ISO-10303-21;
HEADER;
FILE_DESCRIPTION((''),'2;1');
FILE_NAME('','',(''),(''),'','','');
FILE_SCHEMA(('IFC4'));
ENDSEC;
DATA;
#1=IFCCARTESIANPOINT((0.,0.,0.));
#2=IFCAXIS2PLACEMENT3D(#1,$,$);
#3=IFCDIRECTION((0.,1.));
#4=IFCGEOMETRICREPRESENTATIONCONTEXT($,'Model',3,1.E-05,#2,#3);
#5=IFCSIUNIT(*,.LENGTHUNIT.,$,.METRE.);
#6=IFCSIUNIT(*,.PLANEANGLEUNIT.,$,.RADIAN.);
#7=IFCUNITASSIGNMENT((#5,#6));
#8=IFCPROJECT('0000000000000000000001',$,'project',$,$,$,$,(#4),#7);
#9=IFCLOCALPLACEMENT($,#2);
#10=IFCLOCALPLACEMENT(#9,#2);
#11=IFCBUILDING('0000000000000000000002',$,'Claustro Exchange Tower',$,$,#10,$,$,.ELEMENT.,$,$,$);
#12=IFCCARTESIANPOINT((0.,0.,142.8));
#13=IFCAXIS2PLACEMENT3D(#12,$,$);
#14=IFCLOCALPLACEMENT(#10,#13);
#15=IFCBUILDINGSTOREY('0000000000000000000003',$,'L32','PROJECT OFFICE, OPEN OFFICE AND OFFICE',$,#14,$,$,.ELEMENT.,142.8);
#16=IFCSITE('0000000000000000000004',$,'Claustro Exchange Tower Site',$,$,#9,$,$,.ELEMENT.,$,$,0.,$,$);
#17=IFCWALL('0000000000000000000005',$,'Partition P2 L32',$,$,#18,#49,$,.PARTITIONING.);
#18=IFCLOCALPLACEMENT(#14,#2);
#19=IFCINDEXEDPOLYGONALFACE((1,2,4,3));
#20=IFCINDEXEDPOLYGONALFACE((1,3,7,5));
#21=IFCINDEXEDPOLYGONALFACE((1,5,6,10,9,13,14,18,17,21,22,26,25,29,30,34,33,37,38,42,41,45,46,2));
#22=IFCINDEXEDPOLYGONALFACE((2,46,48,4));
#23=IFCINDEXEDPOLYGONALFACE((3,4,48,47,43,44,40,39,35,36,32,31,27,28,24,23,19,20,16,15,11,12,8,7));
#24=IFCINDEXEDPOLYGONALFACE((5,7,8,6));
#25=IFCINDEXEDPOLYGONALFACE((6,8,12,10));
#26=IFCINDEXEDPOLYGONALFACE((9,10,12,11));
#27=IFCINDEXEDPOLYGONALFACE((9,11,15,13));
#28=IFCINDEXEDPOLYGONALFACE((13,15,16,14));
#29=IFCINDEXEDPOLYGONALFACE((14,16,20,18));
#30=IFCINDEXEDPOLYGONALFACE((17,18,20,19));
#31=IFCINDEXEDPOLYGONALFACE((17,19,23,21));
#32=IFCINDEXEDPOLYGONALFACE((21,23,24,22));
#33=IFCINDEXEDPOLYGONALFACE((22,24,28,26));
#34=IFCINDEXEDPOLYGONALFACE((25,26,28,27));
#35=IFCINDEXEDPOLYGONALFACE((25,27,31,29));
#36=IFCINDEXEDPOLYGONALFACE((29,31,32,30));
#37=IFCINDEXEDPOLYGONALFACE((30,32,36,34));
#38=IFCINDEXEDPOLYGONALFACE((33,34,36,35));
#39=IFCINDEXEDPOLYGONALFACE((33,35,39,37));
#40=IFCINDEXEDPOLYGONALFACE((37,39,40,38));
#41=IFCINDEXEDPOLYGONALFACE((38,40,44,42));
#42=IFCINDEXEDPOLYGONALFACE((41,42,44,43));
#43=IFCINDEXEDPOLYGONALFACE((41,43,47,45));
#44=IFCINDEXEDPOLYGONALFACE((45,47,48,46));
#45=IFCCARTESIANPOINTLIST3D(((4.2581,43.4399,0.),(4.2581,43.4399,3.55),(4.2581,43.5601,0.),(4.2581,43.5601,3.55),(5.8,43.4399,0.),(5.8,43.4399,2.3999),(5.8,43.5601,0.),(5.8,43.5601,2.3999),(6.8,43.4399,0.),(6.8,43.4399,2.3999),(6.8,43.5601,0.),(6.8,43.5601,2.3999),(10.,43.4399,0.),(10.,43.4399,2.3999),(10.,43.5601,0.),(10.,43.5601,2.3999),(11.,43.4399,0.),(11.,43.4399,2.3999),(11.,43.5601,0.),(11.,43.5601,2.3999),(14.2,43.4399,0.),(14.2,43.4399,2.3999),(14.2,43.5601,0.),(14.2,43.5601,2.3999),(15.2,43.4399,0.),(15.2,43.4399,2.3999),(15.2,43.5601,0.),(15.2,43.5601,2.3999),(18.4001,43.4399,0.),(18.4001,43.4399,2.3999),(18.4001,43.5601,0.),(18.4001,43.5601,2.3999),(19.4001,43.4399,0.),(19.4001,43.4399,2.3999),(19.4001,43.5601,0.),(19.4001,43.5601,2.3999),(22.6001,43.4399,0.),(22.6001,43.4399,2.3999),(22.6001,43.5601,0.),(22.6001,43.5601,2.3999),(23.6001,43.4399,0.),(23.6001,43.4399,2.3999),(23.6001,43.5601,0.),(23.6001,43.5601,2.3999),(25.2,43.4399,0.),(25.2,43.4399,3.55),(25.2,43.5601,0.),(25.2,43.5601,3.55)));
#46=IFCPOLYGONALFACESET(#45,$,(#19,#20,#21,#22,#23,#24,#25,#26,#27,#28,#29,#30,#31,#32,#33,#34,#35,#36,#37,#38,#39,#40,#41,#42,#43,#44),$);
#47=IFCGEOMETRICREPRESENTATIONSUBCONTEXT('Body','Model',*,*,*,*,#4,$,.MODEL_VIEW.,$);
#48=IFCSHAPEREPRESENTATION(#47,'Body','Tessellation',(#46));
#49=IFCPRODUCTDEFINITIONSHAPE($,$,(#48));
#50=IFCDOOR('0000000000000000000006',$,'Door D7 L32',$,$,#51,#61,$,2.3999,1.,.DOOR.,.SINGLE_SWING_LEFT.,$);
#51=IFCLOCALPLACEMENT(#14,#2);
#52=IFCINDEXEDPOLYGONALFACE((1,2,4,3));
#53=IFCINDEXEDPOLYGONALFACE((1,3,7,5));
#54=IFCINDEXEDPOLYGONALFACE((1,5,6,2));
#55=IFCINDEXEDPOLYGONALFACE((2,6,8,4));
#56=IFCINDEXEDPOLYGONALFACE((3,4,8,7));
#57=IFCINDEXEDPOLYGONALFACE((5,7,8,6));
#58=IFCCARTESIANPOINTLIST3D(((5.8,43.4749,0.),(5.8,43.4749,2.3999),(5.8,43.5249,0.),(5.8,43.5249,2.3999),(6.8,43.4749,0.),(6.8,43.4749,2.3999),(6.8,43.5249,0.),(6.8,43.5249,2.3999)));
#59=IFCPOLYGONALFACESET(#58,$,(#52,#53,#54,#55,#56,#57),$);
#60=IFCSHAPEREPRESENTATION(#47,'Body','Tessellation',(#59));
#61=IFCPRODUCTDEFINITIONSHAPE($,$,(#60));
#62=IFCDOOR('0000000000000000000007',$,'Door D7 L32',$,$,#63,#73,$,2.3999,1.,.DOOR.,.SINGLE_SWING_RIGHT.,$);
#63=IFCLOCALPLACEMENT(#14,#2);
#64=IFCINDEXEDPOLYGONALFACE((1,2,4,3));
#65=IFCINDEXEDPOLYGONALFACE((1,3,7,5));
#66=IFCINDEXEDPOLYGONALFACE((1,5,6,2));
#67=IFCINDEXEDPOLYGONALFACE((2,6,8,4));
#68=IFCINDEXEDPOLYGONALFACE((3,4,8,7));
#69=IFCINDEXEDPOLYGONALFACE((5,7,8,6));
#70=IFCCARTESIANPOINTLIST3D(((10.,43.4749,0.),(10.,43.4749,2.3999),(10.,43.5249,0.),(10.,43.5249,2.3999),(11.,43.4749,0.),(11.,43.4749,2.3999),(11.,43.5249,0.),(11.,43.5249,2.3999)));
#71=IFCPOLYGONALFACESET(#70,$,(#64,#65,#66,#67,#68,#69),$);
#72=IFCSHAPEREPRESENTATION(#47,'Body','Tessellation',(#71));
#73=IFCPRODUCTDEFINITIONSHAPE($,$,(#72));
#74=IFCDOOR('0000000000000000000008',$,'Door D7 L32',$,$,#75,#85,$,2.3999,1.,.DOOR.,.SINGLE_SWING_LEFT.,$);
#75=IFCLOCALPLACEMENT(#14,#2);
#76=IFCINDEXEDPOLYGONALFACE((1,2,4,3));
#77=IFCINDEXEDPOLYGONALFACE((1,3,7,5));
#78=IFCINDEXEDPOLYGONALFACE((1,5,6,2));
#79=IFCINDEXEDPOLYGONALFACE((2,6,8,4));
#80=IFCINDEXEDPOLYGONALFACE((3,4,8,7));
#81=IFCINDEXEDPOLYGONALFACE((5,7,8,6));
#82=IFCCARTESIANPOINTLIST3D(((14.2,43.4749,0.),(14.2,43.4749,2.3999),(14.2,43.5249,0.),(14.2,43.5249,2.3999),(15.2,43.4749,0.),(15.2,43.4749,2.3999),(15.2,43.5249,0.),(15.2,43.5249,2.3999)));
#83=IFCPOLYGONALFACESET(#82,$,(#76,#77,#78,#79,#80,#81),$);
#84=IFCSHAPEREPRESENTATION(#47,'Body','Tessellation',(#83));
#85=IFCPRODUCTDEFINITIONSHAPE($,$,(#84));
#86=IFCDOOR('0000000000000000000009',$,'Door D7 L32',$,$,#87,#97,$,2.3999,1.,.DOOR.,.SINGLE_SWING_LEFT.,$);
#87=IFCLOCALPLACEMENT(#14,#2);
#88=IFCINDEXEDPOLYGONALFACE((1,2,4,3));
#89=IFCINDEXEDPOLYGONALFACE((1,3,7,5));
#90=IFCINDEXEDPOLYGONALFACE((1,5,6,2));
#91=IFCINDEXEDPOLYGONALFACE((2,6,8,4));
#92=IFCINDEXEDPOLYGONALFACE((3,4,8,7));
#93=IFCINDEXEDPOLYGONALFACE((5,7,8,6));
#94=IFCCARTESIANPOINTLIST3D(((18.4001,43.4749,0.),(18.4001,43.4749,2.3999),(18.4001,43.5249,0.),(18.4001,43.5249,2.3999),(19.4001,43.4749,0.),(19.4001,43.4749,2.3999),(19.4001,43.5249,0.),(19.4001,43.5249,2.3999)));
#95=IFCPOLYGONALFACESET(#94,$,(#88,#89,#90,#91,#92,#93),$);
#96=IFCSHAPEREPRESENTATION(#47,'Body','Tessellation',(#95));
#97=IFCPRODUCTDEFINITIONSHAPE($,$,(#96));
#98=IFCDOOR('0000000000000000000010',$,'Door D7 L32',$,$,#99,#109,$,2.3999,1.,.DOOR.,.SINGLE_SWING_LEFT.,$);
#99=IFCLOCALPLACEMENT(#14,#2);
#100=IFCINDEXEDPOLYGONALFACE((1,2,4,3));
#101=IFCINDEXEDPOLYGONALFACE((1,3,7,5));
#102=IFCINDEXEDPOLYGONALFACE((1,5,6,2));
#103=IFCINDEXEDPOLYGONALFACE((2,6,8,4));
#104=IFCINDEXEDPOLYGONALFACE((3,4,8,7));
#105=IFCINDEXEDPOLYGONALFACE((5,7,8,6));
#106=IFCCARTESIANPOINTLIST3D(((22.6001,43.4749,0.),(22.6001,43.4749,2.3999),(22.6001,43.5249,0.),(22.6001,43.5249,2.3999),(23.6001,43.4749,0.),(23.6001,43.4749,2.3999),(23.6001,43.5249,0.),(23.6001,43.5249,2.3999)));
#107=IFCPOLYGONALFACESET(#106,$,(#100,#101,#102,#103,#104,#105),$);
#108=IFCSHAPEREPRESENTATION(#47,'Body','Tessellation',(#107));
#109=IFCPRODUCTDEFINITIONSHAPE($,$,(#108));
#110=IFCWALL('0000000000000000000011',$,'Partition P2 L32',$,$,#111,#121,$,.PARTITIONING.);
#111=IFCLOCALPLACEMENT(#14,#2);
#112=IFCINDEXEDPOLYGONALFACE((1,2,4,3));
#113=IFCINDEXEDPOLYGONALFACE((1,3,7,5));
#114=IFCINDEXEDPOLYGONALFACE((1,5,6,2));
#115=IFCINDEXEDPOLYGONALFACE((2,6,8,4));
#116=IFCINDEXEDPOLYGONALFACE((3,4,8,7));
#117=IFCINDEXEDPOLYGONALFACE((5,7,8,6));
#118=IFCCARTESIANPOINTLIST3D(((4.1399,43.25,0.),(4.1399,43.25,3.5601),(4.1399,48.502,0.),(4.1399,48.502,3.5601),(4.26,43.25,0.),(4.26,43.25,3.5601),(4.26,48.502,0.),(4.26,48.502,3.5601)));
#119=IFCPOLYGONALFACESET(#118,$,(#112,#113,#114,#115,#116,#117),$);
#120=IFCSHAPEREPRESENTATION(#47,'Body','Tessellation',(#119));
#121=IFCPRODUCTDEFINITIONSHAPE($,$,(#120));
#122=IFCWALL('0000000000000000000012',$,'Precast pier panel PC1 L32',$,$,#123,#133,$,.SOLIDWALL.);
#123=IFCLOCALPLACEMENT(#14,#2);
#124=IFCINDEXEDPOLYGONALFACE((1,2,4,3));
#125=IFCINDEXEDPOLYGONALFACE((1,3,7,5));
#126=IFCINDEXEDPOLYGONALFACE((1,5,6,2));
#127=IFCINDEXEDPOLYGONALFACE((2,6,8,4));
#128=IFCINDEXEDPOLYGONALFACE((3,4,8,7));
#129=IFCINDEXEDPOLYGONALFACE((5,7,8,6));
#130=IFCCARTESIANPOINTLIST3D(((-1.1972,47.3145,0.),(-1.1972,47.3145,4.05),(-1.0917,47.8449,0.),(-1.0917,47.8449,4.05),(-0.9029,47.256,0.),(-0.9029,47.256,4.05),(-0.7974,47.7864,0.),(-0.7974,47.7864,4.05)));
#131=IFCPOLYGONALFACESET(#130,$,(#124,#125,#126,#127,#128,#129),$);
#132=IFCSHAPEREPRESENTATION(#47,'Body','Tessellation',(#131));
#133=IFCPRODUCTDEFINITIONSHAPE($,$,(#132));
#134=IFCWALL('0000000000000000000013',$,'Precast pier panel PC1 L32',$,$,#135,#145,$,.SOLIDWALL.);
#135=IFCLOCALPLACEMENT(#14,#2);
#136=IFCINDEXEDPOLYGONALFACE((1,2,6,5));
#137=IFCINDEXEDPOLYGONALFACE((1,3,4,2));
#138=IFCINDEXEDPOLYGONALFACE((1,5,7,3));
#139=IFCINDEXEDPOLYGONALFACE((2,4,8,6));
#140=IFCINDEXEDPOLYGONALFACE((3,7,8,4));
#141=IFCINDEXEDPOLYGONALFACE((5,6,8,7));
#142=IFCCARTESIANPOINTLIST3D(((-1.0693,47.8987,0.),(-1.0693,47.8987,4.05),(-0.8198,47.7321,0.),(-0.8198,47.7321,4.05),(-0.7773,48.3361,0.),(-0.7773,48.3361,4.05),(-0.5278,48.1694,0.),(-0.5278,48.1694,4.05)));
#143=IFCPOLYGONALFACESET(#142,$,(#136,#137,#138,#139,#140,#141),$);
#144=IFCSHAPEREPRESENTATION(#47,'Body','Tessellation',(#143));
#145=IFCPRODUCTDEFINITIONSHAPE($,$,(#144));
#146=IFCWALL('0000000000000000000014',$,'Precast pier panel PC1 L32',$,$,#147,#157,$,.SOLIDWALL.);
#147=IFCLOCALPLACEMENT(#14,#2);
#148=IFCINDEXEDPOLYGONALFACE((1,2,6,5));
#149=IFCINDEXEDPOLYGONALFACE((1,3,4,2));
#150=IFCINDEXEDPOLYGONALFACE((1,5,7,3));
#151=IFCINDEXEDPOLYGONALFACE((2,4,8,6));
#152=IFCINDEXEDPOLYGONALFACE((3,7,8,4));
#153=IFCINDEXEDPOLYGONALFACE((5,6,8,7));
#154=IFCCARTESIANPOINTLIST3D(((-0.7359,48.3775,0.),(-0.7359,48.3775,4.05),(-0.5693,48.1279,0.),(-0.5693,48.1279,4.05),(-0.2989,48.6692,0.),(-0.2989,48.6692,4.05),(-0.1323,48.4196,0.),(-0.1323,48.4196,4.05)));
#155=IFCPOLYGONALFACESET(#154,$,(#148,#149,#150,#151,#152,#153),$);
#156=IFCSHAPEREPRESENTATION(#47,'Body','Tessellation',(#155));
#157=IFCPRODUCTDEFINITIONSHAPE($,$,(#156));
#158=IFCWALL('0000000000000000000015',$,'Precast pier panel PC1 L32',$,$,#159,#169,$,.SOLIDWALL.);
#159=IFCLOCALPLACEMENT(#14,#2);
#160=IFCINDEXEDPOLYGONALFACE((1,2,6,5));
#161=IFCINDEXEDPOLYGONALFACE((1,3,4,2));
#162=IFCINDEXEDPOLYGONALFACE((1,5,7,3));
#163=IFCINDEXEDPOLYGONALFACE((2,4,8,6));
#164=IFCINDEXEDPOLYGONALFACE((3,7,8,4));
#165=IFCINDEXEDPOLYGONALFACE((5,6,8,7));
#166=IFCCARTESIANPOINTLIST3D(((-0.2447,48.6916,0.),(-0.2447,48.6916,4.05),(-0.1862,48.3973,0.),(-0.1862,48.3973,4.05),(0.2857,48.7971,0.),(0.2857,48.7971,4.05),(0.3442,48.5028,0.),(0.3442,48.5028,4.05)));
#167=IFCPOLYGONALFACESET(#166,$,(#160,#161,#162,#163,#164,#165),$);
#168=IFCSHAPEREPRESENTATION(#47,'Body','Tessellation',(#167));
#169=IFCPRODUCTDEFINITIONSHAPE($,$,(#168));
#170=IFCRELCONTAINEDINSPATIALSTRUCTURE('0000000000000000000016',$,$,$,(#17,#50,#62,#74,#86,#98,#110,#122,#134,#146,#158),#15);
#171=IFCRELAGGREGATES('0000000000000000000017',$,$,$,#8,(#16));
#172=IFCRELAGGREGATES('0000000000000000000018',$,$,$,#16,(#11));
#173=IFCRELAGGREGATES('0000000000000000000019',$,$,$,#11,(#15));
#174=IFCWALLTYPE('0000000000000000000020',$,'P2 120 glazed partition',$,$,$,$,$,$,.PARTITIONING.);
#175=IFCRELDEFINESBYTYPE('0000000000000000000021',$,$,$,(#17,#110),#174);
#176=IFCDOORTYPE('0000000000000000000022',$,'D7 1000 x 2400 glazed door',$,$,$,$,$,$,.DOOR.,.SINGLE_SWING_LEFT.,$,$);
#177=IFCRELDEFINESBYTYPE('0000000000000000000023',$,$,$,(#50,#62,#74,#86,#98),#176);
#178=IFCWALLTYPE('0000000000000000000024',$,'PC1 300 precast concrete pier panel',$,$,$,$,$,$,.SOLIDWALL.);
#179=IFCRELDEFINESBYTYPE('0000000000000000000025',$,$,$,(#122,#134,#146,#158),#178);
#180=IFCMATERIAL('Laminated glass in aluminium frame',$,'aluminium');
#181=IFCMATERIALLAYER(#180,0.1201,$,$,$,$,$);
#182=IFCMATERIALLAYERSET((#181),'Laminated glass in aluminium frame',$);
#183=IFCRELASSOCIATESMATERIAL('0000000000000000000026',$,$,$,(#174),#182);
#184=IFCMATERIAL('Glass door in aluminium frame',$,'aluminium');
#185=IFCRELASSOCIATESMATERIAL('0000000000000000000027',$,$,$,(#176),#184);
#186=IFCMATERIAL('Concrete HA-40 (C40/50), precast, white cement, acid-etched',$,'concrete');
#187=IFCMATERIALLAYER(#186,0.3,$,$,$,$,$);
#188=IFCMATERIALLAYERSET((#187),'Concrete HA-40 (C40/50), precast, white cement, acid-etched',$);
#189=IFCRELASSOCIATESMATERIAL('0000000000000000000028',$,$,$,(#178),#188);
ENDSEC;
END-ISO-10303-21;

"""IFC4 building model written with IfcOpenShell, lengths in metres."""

from ifc_helpers import new_model, si_unit, direction, frame, frame_2d, origin, place, context, subcontext, project, spatial, rectangle, extrude, material, layer, layer_set, type_object, element, fill, save


model = new_model("IFC4")

# Units and contexts
model_context = context("Model", 3, precision=1e-05, world=origin(), true_north=direction((0.0, 1.0)))
body_context = subcontext(model_context, "Body", "Model", "MODEL_VIEW")
ifc_project = project(units=[si_unit("LENGTHUNIT", "METRE"), si_unit("PLANEANGLEUNIT", "RADIAN")], contexts=[model_context])

# Site, building, storey
site_placement = place(None, origin())
site = spatial("IfcSite", under=ifc_project, at=site_placement, Name="Claustro Exchange Tower Site", CompositionType="ELEMENT", RefElevation=0.0)
building_placement = place(site_placement, origin())
building = spatial("IfcBuilding", under=site, at=building_placement, Name="Claustro Exchange Tower", CompositionType="ELEMENT")
storey_placement = place(building_placement, frame((0.0, 0.0, 142.8)))
storey = spatial("IfcBuildingStorey", under=building, at=storey_placement, Name="L32", Description="PROJECT OFFICE, OPEN OFFICE AND OFFICE", CompositionType="ELEMENT", Elevation=142.8)

# Shared definitions
ifc_material_1 = material(Name="Laminated glass in aluminium frame", Category="aluminium")
ifc_layer_1 = layer(ifc_material_1, 0.1201)
ifc_layer_set_1 = layer_set([ifc_layer_1], Name="Laminated glass in aluminium frame")
wall_type_1 = type_object("IfcWallType", Name="P2 120 glazed partition", PredefinedType="PARTITIONING", material=ifc_layer_set_1)
ifc_material_2 = material(Name="Glass door in aluminium frame", Category="aluminium")
door_type = type_object("IfcDoorType", Name="D7 1000 x 2400 glazed door", OperationType="SINGLE_SWING_LEFT", PredefinedType="DOOR", material=ifc_material_2)

# Wall, openings, doors
wall_1_placement = place(storey_placement, frame((4.2581, 43.5, 0.0), z_axis=(0.0, 0.0, 1.0), x_axis=(1.0, 0.0, 0.0)))
wall_1 = element("IfcWall", 1, at=wall_1_placement, inside=storey, type_object=wall_type_1, Name="Partition P2 L32", PredefinedType="PARTITIONING", context=body_context, shape_type="SweptSolid", body=[
    extrude(rectangle(XDim=20.9419, YDim=0.1201, at=frame_2d((10.4709, 0.0))), origin(), (0.0, 0.0, 1.0), 3.55),
])
opening_1_placement = place(wall_1_placement, frame((1.542, 0.0, 0.0)))
opening_1 = element("IfcOpeningElement", 2, at=opening_1_placement, cuts=wall_1, PredefinedType="OPENING", context=body_context, shape_type="SweptSolid", body=[
    extrude(rectangle(XDim=1.0, YDim=2.3999, at=frame_2d((0.5, 1.2))), frame((0.0, 0.0701, 0.0), z_axis=(0.0, -1.0, 0.0), x_axis=(1.0, 0.0, 0.0)), (0.0, 0.0, 1.0), 0.1401),
])
opening_2_placement = place(wall_1_placement, frame((5.7419, 0.0, 0.0)))
opening_2 = element("IfcOpeningElement", 3, at=opening_2_placement, cuts=wall_1, PredefinedType="OPENING", context=body_context, shape_type="SweptSolid", body=[
    extrude(rectangle(XDim=1.0, YDim=2.3999, at=frame_2d((0.5, 1.2))), frame((0.0, 0.0701, 0.0), z_axis=(0.0, -1.0, 0.0), x_axis=(1.0, 0.0, 0.0)), (0.0, 0.0, 1.0), 0.1401),
])
opening_3_placement = place(wall_1_placement, frame((9.9419, 0.0, 0.0)))
opening_3 = element("IfcOpeningElement", 4, at=opening_3_placement, cuts=wall_1, PredefinedType="OPENING", context=body_context, shape_type="SweptSolid", body=[
    extrude(rectangle(XDim=1.0, YDim=2.3999, at=frame_2d((0.5, 1.2))), frame((0.0, 0.0701, 0.0), z_axis=(0.0, -1.0, 0.0), x_axis=(1.0, 0.0, 0.0)), (0.0, 0.0, 1.0), 0.1401),
])
opening_4_placement = place(wall_1_placement, frame((14.1421, 0.0, 0.0)))
opening_4 = element("IfcOpeningElement", 5, at=opening_4_placement, cuts=wall_1, PredefinedType="OPENING", context=body_context, shape_type="SweptSolid", body=[
    extrude(rectangle(XDim=1.0, YDim=2.3999, at=frame_2d((0.5, 1.2))), frame((0.0, 0.0701, 0.0), z_axis=(0.0, -1.0, 0.0), x_axis=(1.0, 0.0, 0.0)), (0.0, 0.0, 1.0), 0.1401),
])
opening_5_placement = place(wall_1_placement, frame((18.342, 0.0, 0.0)))
opening_5 = element("IfcOpeningElement", 6, at=opening_5_placement, cuts=wall_1, PredefinedType="OPENING", context=body_context, shape_type="SweptSolid", body=[
    extrude(rectangle(XDim=1.0, YDim=2.3999, at=frame_2d((0.5, 1.2))), frame((0.0, 0.0701, 0.0), z_axis=(0.0, -1.0, 0.0), x_axis=(1.0, 0.0, 0.0)), (0.0, 0.0, 1.0), 0.1401),
])
door_1_placement = place(opening_1_placement, origin())
door_1 = element("IfcDoor", 7, at=door_1_placement, inside=storey, type_object=door_type, Name="Door D7 L32", OperationType="SINGLE_SWING_LEFT", OverallHeight=2.3999, OverallWidth=1.0, PredefinedType="DOOR", context=body_context, shape_type="SweptSolid", body=[
    extrude(rectangle(XDim=1.0, YDim=2.3999, at=frame_2d((0.5, 1.2))), frame((0.0, 0.0249, 0.0), z_axis=(0.0, -1.0, 0.0), x_axis=(1.0, 0.0, 0.0)), (0.0, 0.0, 1.0), 0.05),
])
fill(opening_1, door_1)
door_2_placement = place(opening_2_placement, origin())
door_2 = element("IfcDoor", 8, at=door_2_placement, inside=storey, type_object=door_type, Name="Door D7 L32", OperationType="SINGLE_SWING_RIGHT", OverallHeight=2.3999, OverallWidth=1.0, PredefinedType="DOOR", context=body_context, shape_type="SweptSolid", body=[
    extrude(rectangle(XDim=1.0, YDim=2.3999, at=frame_2d((0.5, 1.2))), frame((0.0, 0.0249, 0.0), z_axis=(0.0, -1.0, 0.0), x_axis=(1.0, 0.0, 0.0)), (0.0, 0.0, 1.0), 0.05),
])
fill(opening_2, door_2)
door_3_placement = place(opening_3_placement, origin())
door_3 = element("IfcDoor", 9, at=door_3_placement, inside=storey, type_object=door_type, Name="Door D7 L32", OperationType="SINGLE_SWING_LEFT", OverallHeight=2.3999, OverallWidth=1.0, PredefinedType="DOOR", context=body_context, shape_type="SweptSolid", body=[
    extrude(rectangle(XDim=1.0, YDim=2.3999, at=frame_2d((0.5, 1.2))), frame((0.0, 0.0249, 0.0), z_axis=(0.0, -1.0, 0.0), x_axis=(1.0, 0.0, 0.0)), (0.0, 0.0, 1.0), 0.05),
])
fill(opening_3, door_3)
door_4_placement = place(opening_4_placement, origin())
door_4 = element("IfcDoor", 10, at=door_4_placement, inside=storey, type_object=door_type, Name="Door D7 L32", OperationType="SINGLE_SWING_LEFT", OverallHeight=2.3999, OverallWidth=1.0, PredefinedType="DOOR", context=body_context, shape_type="SweptSolid", body=[
    extrude(rectangle(XDim=1.0, YDim=2.3999, at=frame_2d((0.5, 1.2))), frame((0.0, 0.0249, 0.0), z_axis=(0.0, -1.0, 0.0), x_axis=(1.0, 0.0, 0.0)), (0.0, 0.0, 1.0), 0.05),
])
fill(opening_4, door_4)
door_5_placement = place(opening_5_placement, origin())
door_5 = element("IfcDoor", 11, at=door_5_placement, inside=storey, type_object=door_type, Name="Door D7 L32", OperationType="SINGLE_SWING_LEFT", OverallHeight=2.3999, OverallWidth=1.0, PredefinedType="DOOR", context=body_context, shape_type="SweptSolid", body=[
    extrude(rectangle(XDim=1.0, YDim=2.3999, at=frame_2d((0.5, 1.2))), frame((0.0, 0.0249, 0.0), z_axis=(0.0, -1.0, 0.0), x_axis=(1.0, 0.0, 0.0)), (0.0, 0.0, 1.0), 0.05),
])
fill(opening_5, door_5)

# Walls
wall_2_placement = place(storey_placement, frame((4.2, 43.25, 0.0), z_axis=(0.0, 0.0, 1.0), x_axis=(0.0, 1.0, 0.0)))
element("IfcWall", 12, at=wall_2_placement, inside=storey, type_object=wall_type_1, Name="Partition P2 L32", PredefinedType="PARTITIONING", context=body_context, shape_type="SweptSolid", body=[
    extrude(rectangle(XDim=5.252, YDim=0.1201, at=frame_2d((2.626, 0.0))), origin(), (0.0, 0.0, 1.0), 3.5601),
])
ifc_material_3 = material(Name="Concrete HA-40 (C40/50), precast, white cement, acid-etched", Category="concrete")
ifc_layer_2 = layer(ifc_material_3, 0.3)
ifc_layer_set_2 = layer_set([ifc_layer_2], Name="Concrete HA-40 (C40/50), precast, white cement, acid-etched")
wall_type_2 = type_object("IfcWallType", Name="PC1 300 precast concrete pier panel", PredefinedType="SOLIDWALL", material=ifc_layer_set_2)
wall_3_placement = place(storey_placement, frame((-1.05, 47.2852, 0.0), z_axis=(0.0, 0.0, 1.0), x_axis=(0.195074, 0.980789, 0.0)))
element("IfcWall", 13, at=wall_3_placement, inside=storey, type_object=wall_type_2, Name="Precast pier panel PC1 L32", PredefinedType="SOLIDWALL", context=body_context, shape_type="SweptSolid", body=[
    extrude(rectangle(XDim=0.5408, YDim=0.3, at=frame_2d((0.2705, 0.0))), origin(), (0.0, 0.0, 1.0), 4.05),
])
wall_4_placement = place(storey_placement, frame((-0.9446, 47.8154, 0.0), z_axis=(0.0, 0.0, 1.0), x_axis=(0.555343, 0.831621, 0.0)))
element("IfcWall", 14, at=wall_4_placement, inside=storey, type_object=wall_type_2, Name="Precast pier panel PC1 L32", PredefinedType="SOLIDWALL", context=body_context, shape_type="SweptSolid", body=[
    extrude(rectangle(XDim=0.5259, YDim=0.3, at=frame_2d((0.2629, 0.0))), origin(), (0.0, 0.0, 1.0), 4.05),
])
wall_5_placement = place(storey_placement, frame((-0.6526, 48.2527, 0.0), z_axis=(0.0, 0.0, 1.0), x_axis=(0.831693, 0.555236, 0.0)))
element("IfcWall", 15, at=wall_5_placement, inside=storey, type_object=wall_type_2, Name="Precast pier panel PC1 L32", PredefinedType="SOLIDWALL", context=body_context, shape_type="SweptSolid", body=[
    extrude(rectangle(XDim=0.5254, YDim=0.3, at=frame_2d((0.2627, 0.0))), origin(), (0.0, 0.0, 1.0), 4.05),
])
wall_6_placement = place(storey_placement, frame((-0.2156, 48.5444, 0.0), z_axis=(0.0, 0.0, 1.0), x_axis=(0.980789, 0.195074, 0.0)))
element("IfcWall", 16, at=wall_6_placement, inside=storey, type_object=wall_type_2, Name="Precast pier panel PC1 L32", PredefinedType="SOLIDWALL", context=body_context, shape_type="SweptSolid", body=[
    extrude(rectangle(XDim=0.5408, YDim=0.3, at=frame_2d((0.2705, 0.0))), origin(), (0.0, 0.0, 1.0), 4.05),
])

save(model, "model.ifc")
